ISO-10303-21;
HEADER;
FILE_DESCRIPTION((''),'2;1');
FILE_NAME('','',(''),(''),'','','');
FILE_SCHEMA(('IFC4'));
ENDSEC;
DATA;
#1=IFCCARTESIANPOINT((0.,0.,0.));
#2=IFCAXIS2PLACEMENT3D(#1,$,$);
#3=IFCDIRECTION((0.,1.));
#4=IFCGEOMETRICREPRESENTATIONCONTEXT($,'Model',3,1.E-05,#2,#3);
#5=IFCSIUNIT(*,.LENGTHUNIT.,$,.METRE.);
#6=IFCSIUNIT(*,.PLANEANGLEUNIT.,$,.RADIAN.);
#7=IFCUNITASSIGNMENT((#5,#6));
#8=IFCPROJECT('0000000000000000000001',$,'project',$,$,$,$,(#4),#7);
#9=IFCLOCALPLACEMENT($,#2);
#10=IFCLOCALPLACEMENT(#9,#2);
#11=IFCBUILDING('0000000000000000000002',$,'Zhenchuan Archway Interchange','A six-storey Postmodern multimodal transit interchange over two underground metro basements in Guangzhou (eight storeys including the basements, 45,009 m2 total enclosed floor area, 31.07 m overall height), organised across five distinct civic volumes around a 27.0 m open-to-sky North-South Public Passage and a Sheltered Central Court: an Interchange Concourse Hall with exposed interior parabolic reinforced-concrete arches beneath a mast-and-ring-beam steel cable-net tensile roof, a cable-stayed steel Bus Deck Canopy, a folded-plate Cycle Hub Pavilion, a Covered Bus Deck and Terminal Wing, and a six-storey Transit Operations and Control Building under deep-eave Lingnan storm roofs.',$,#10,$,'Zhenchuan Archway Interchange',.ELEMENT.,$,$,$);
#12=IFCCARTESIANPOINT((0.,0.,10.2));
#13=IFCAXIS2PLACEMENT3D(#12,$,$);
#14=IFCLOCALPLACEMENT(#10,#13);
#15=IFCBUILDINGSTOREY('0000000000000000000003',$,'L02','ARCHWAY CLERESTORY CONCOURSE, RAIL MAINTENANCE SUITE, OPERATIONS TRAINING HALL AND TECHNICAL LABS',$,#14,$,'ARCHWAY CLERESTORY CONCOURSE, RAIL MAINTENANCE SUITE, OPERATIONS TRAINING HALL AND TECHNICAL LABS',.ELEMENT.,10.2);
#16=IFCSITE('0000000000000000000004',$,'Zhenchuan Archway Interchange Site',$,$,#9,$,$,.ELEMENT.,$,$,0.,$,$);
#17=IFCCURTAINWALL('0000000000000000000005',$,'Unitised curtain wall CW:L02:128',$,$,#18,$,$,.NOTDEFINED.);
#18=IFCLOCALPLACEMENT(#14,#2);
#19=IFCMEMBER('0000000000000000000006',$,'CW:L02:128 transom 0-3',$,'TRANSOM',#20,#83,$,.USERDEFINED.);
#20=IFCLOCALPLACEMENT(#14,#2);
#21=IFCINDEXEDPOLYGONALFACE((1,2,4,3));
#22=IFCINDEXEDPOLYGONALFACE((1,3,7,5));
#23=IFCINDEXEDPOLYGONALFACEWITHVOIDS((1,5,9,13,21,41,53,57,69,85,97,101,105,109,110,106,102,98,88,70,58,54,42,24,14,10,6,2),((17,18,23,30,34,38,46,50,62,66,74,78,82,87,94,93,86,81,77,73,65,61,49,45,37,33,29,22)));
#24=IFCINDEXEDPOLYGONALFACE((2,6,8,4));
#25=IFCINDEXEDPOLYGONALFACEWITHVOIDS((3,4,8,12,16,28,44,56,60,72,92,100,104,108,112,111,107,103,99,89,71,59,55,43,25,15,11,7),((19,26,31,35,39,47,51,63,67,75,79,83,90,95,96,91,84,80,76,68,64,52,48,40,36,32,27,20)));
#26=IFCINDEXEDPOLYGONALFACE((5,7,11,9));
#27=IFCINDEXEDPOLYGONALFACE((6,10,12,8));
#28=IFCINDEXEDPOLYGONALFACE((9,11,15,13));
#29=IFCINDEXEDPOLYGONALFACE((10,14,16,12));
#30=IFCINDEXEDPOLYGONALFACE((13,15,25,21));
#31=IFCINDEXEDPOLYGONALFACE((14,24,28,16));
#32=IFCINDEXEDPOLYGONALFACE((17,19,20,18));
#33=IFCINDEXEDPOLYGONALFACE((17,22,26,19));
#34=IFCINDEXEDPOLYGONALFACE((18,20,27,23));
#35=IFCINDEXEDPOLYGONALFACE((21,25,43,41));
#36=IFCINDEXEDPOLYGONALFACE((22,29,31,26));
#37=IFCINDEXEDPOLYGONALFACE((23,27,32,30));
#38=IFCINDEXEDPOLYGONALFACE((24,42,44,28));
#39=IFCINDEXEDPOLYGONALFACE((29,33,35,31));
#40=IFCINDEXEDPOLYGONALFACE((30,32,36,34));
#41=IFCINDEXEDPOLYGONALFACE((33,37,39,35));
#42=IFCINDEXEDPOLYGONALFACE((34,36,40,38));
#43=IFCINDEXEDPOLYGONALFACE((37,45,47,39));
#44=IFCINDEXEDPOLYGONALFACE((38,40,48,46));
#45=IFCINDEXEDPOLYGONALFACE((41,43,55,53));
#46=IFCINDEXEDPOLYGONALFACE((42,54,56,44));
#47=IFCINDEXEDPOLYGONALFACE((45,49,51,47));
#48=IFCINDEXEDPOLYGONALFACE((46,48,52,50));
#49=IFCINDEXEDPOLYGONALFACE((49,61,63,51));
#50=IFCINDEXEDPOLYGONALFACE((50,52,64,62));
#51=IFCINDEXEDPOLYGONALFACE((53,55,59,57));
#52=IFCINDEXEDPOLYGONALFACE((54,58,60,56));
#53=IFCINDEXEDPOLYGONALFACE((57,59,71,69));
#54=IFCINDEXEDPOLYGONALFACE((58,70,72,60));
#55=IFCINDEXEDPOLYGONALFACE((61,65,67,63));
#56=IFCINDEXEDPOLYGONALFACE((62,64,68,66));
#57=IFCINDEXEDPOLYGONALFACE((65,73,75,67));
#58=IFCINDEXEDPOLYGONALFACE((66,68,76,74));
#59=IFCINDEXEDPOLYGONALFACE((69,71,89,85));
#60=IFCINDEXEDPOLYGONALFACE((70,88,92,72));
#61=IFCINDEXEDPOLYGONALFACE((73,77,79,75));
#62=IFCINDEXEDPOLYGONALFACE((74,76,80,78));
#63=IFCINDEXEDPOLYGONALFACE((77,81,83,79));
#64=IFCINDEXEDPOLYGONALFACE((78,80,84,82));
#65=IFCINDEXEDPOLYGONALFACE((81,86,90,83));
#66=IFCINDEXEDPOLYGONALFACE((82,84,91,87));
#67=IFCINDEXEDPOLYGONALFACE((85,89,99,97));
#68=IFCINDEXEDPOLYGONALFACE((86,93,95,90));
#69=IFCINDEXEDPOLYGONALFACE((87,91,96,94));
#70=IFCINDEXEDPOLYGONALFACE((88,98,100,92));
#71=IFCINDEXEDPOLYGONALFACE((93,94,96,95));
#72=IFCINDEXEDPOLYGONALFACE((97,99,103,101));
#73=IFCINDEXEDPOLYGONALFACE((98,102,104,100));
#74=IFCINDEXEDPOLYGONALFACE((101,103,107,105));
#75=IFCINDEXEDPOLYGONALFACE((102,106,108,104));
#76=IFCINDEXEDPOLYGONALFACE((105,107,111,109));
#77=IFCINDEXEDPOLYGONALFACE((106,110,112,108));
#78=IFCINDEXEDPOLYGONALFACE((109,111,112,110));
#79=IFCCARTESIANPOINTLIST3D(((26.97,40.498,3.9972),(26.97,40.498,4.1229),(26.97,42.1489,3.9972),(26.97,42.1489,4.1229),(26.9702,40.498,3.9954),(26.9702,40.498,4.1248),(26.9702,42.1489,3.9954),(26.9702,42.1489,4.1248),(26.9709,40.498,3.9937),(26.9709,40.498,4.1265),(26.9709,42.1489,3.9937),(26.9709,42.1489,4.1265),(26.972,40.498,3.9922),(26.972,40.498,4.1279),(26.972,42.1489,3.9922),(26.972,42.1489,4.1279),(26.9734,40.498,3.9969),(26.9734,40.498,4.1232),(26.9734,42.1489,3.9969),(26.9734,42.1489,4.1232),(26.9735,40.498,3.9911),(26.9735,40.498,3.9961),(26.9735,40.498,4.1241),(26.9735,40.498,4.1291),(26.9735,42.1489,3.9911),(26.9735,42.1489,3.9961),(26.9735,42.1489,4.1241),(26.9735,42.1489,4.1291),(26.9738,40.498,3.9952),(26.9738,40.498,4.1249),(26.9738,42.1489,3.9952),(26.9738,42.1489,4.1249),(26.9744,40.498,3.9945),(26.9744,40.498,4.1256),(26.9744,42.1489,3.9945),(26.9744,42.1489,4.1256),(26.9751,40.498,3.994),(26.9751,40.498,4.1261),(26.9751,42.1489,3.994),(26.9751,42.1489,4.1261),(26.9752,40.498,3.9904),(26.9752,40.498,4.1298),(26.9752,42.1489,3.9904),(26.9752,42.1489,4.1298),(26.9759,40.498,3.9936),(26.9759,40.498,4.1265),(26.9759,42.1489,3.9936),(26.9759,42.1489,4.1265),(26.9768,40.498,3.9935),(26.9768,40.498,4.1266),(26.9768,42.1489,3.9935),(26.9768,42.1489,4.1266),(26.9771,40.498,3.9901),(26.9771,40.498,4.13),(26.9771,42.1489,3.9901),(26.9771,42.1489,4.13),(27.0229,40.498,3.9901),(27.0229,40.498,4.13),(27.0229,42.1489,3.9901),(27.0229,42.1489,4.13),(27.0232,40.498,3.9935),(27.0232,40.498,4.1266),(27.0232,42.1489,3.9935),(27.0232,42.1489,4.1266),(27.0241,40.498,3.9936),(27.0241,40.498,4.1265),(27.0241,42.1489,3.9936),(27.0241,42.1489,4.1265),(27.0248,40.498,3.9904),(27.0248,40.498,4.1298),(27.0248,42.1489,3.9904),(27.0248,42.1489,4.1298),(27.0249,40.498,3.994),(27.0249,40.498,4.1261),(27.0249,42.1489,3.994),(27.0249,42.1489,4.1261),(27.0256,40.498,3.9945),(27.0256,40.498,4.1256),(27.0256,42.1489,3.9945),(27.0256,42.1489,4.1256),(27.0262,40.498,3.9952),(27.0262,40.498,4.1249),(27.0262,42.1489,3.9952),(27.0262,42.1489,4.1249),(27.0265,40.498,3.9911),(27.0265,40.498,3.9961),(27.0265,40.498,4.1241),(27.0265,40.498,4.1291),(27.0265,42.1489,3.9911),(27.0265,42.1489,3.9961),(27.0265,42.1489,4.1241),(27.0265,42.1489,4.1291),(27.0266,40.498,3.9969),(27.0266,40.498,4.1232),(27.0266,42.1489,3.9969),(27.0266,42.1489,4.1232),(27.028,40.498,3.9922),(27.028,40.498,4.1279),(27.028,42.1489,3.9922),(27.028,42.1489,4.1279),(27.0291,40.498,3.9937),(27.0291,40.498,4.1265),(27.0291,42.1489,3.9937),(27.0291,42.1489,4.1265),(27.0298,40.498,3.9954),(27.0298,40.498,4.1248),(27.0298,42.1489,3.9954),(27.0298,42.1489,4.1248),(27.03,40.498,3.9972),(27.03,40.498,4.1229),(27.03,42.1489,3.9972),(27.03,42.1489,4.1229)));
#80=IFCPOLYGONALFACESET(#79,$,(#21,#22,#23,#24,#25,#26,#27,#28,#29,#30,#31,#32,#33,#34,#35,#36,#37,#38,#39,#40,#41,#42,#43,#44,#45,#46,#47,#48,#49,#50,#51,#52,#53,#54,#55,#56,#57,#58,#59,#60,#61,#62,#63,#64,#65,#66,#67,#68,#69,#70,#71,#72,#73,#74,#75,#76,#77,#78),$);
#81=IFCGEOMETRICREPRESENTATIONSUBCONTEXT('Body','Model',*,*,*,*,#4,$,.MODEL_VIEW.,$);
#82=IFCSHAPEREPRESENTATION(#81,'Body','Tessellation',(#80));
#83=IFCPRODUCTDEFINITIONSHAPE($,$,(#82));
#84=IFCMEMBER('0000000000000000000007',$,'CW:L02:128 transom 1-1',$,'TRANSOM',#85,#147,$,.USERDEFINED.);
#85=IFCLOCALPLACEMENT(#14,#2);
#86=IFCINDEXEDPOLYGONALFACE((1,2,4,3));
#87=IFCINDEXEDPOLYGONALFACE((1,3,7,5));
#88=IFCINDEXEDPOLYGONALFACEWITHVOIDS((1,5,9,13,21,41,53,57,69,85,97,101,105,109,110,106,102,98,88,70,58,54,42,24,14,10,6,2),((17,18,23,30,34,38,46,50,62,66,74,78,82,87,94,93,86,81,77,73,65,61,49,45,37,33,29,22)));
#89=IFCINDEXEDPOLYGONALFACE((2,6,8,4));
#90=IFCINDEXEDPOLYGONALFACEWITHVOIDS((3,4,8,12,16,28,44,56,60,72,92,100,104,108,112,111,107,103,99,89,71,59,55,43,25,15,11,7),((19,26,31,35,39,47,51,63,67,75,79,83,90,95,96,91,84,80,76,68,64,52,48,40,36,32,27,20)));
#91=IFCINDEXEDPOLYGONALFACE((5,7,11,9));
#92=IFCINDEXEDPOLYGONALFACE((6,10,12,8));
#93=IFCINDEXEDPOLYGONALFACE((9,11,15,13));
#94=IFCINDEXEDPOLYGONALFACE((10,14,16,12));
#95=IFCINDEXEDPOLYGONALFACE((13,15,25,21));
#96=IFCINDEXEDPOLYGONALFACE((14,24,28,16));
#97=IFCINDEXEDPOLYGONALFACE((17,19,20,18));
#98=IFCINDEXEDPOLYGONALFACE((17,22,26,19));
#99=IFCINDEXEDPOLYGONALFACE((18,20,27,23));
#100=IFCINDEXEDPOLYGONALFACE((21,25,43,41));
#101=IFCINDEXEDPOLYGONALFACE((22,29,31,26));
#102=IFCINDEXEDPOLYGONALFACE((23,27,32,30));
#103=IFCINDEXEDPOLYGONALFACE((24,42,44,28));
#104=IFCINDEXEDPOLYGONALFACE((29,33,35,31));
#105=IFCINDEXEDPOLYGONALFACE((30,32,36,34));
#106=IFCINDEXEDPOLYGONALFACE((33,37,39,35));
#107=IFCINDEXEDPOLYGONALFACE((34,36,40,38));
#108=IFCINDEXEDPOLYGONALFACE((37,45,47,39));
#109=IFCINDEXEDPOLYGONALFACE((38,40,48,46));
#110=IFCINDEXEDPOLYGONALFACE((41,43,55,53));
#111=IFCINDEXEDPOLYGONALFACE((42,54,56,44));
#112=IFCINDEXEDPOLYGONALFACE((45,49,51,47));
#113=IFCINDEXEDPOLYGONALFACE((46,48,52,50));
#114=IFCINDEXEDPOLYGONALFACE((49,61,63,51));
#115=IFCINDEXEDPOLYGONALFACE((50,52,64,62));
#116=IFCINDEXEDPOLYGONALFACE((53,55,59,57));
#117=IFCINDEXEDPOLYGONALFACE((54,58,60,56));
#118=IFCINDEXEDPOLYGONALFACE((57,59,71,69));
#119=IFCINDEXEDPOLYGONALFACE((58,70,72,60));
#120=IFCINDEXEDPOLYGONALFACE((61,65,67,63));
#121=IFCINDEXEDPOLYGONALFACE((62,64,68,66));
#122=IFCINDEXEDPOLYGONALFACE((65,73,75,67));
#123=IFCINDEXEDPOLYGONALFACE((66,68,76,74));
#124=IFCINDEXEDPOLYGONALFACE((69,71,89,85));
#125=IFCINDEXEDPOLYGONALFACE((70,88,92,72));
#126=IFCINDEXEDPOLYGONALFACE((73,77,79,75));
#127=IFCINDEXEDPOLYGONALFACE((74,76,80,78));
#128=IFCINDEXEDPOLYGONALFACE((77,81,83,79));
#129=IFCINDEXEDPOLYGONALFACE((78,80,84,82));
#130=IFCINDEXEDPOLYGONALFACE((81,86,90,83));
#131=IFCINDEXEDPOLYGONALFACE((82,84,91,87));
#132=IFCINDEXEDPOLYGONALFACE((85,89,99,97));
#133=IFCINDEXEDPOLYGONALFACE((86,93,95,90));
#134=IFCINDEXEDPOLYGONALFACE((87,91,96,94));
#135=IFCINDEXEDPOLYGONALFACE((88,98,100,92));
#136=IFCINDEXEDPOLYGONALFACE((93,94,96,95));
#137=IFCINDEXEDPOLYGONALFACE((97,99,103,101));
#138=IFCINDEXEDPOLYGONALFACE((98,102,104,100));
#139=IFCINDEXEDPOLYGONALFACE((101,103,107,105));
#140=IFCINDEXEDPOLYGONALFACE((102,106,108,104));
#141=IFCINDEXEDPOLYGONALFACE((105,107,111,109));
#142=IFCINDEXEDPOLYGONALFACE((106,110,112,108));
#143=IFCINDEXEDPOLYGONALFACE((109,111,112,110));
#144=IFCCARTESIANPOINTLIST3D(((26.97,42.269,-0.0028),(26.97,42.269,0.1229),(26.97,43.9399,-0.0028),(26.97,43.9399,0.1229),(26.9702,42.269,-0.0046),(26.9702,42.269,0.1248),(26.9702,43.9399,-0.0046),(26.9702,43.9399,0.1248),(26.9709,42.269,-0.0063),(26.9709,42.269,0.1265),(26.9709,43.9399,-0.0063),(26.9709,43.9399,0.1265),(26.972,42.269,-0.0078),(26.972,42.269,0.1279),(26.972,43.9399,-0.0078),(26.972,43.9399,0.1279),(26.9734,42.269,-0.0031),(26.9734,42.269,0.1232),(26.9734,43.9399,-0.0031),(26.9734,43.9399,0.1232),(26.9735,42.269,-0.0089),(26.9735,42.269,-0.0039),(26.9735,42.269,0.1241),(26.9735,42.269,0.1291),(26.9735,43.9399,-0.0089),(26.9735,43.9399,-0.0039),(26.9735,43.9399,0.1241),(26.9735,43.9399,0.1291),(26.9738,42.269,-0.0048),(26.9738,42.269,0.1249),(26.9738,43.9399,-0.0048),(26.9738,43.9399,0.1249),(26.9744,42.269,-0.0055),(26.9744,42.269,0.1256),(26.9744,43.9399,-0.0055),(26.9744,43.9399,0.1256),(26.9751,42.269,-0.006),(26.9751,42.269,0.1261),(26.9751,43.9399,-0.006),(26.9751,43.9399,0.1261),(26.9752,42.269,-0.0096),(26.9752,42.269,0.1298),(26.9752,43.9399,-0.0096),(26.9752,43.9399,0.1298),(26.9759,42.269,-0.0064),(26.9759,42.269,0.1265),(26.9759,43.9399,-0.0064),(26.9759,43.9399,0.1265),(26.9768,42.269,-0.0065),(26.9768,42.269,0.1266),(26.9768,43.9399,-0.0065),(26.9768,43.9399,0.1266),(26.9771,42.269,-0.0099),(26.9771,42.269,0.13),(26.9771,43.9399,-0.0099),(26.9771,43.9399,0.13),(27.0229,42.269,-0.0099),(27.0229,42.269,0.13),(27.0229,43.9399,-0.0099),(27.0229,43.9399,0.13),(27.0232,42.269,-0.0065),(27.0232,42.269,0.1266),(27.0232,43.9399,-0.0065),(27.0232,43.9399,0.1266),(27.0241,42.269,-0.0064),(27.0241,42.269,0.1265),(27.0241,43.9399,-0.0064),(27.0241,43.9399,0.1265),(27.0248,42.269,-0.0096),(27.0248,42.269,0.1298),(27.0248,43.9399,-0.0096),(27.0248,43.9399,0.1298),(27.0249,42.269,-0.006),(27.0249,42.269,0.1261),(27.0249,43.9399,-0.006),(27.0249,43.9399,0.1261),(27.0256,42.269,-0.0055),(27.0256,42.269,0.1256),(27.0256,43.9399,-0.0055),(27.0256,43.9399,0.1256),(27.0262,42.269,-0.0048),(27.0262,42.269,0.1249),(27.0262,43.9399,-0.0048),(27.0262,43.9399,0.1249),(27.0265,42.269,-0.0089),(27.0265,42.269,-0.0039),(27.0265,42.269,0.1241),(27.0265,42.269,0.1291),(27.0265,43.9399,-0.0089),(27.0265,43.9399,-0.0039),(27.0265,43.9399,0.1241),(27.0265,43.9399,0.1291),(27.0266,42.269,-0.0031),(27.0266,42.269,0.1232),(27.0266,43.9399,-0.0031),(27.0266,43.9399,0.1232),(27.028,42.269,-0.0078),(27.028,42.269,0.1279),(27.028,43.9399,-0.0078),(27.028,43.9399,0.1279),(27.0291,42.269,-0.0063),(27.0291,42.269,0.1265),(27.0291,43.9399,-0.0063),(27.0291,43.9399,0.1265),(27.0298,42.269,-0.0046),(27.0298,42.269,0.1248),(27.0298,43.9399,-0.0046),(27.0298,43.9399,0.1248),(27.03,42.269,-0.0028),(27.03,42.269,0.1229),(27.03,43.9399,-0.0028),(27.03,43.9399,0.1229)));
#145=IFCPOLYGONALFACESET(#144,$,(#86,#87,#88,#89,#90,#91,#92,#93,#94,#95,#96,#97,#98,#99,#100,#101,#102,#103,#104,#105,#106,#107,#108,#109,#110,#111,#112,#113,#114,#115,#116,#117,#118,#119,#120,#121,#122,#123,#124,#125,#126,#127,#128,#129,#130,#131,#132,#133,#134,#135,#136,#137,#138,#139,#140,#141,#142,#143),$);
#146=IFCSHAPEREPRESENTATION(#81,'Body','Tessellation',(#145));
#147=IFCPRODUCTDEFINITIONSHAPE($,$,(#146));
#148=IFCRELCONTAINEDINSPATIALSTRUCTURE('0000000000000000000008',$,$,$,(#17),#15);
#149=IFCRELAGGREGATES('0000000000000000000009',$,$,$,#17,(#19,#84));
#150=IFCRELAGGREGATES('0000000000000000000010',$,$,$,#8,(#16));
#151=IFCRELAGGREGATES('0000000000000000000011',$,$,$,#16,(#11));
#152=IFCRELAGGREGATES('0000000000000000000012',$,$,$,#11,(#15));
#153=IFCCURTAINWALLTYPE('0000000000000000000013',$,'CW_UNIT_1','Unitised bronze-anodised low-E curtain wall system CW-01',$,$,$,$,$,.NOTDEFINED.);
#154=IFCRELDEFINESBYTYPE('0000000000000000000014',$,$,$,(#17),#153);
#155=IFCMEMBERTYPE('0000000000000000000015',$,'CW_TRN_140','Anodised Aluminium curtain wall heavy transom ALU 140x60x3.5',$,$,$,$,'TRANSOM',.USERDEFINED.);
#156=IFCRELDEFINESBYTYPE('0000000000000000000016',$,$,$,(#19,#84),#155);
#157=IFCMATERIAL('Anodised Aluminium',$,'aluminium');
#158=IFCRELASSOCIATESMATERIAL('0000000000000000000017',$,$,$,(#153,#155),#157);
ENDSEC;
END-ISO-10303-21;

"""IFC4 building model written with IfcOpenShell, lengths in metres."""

from ifc_helpers import new_model, si_unit, direction, frame, origin, origin_2d, place, context, subcontext, project, spatial, hollow_rectangle, extrude, material, material_profile, profile_set, type_object, element, aggregate, save


model = new_model("IFC4")

# Units and contexts
model_context = context("Model", 3, precision=1e-05, world=origin(), true_north=direction((0.0, 1.0)))
body_context = subcontext(model_context, "Body", "Model", "MODEL_VIEW")
ifc_project = project(units=[si_unit("LENGTHUNIT", "METRE"), si_unit("PLANEANGLEUNIT", "RADIAN")], contexts=[model_context])

# Site, building, storey
site_placement = place(None, origin())
site = spatial("IfcSite", under=ifc_project, at=site_placement, Name="Zhenchuan Archway Interchange Site", CompositionType="ELEMENT", RefElevation=0.0)
building_placement = place(site_placement, origin())
building = spatial("IfcBuilding", under=site, at=building_placement, Name="Zhenchuan Archway Interchange", Description="A six-storey Postmodern multimodal transit interchange over two underground metro basements in Guangzhou (eight storeys including the basements, 45,009 m2 total enclosed floor area, 31.07 m overall height), organised across five distinct civic volumes around a 27.0 m open-to-sky North-South Public Passage and a Sheltered Central Court: an Interchange Concourse Hall with exposed interior parabolic reinforced-concrete arches beneath a mast-and-ring-beam steel cable-net tensile roof, a cable-stayed steel Bus Deck Canopy, a folded-plate Cycle Hub Pavilion, a Covered Bus Deck and Terminal Wing, and a six-storey Transit Operations and Control Building under deep-eave Lingnan storm roofs.", LongName="Zhenchuan Archway Interchange", CompositionType="ELEMENT")
storey_placement = place(building_placement, frame((0.0, 0.0, 10.2)))
storey = spatial("IfcBuildingStorey", under=building, at=storey_placement, Name="L02", Description="ARCHWAY CLERESTORY CONCOURSE, RAIL MAINTENANCE SUITE, OPERATIONS TRAINING HALL AND TECHNICAL LABS", LongName="ARCHWAY CLERESTORY CONCOURSE, RAIL MAINTENANCE SUITE, OPERATIONS TRAINING HALL AND TECHNICAL LABS", CompositionType="ELEMENT", Elevation=10.2)

# Curtain wall, members
ifc_material_1 = material(Name="Anodised Aluminium", Category="aluminium")
curtain_wall_type = type_object("IfcCurtainWallType", Name="CW_UNIT_1", Description="Unitised bronze-anodised low-E curtain wall system CW-01", PredefinedType="NOTDEFINED", material=ifc_material_1)
curtain_wall_placement = place(storey_placement, origin())
curtain_wall = element("IfcCurtainWall", 1, at=curtain_wall_placement, inside=storey, type_object=curtain_wall_type, Name="Unitised curtain wall CW:L02:128", PredefinedType="NOTDEFINED")
ifc_material_profile_1 = material_profile(ifc_material_1, hollow_rectangle(XDim=0.0601, YDim=0.1399, WallThickness=0.0034, InnerFilletRadius=0.0034, OuterFilletRadius=0.0071, at=origin_2d()), Name="ALU 140x60x3.5")
ifc_profile_set_1 = profile_set([ifc_material_profile_1], Name="Anodised Aluminium")
member_type_1 = type_object("IfcMemberType", Name="CW_TRN_140", Description="Anodised Aluminium curtain wall heavy transom ALU 140x60x3.5", ElementType="TRANSOM", PredefinedType="USERDEFINED", material=ifc_profile_set_1)
member_1_placement = place(storey_placement, frame((27.0, 40.498, 4.0601), z_axis=(0.0, 1.0, 0.0), x_axis=(-1.0, 0.0, 0.0)))
member_1 = element("IfcMember", 2, at=member_1_placement, type_object=member_type_1, Name="CW:L02:128 transom 0-3", ObjectType="TRANSOM", PredefinedType="USERDEFINED", context=body_context, shape_type="SweptSolid", body=[
    extrude(hollow_rectangle(XDim=0.0601, YDim=0.1399, WallThickness=0.0034, InnerFilletRadius=0.0034, OuterFilletRadius=0.0071, at=origin_2d()), origin(), (0.0, 0.0, 1.0), 1.6509),
])
member_2_placement = place(storey_placement, frame((27.0, 42.269, 0.0601), z_axis=(0.0, 1.0, 0.0), x_axis=(-1.0, 0.0, 0.0)))
member_2 = element("IfcMember", 3, at=member_2_placement, type_object=member_type_1, Name="CW:L02:128 transom 1-1", ObjectType="TRANSOM", PredefinedType="USERDEFINED", context=body_context, shape_type="SweptSolid", body=[
    extrude(hollow_rectangle(XDim=0.0601, YDim=0.1399, WallThickness=0.0034, InnerFilletRadius=0.0034, OuterFilletRadius=0.0071, at=origin_2d()), origin(), (0.0, 0.0, 1.0), 1.6709),
])
aggregate(curtain_wall, [member_1, member_2])

save(model, "model.ifc")
